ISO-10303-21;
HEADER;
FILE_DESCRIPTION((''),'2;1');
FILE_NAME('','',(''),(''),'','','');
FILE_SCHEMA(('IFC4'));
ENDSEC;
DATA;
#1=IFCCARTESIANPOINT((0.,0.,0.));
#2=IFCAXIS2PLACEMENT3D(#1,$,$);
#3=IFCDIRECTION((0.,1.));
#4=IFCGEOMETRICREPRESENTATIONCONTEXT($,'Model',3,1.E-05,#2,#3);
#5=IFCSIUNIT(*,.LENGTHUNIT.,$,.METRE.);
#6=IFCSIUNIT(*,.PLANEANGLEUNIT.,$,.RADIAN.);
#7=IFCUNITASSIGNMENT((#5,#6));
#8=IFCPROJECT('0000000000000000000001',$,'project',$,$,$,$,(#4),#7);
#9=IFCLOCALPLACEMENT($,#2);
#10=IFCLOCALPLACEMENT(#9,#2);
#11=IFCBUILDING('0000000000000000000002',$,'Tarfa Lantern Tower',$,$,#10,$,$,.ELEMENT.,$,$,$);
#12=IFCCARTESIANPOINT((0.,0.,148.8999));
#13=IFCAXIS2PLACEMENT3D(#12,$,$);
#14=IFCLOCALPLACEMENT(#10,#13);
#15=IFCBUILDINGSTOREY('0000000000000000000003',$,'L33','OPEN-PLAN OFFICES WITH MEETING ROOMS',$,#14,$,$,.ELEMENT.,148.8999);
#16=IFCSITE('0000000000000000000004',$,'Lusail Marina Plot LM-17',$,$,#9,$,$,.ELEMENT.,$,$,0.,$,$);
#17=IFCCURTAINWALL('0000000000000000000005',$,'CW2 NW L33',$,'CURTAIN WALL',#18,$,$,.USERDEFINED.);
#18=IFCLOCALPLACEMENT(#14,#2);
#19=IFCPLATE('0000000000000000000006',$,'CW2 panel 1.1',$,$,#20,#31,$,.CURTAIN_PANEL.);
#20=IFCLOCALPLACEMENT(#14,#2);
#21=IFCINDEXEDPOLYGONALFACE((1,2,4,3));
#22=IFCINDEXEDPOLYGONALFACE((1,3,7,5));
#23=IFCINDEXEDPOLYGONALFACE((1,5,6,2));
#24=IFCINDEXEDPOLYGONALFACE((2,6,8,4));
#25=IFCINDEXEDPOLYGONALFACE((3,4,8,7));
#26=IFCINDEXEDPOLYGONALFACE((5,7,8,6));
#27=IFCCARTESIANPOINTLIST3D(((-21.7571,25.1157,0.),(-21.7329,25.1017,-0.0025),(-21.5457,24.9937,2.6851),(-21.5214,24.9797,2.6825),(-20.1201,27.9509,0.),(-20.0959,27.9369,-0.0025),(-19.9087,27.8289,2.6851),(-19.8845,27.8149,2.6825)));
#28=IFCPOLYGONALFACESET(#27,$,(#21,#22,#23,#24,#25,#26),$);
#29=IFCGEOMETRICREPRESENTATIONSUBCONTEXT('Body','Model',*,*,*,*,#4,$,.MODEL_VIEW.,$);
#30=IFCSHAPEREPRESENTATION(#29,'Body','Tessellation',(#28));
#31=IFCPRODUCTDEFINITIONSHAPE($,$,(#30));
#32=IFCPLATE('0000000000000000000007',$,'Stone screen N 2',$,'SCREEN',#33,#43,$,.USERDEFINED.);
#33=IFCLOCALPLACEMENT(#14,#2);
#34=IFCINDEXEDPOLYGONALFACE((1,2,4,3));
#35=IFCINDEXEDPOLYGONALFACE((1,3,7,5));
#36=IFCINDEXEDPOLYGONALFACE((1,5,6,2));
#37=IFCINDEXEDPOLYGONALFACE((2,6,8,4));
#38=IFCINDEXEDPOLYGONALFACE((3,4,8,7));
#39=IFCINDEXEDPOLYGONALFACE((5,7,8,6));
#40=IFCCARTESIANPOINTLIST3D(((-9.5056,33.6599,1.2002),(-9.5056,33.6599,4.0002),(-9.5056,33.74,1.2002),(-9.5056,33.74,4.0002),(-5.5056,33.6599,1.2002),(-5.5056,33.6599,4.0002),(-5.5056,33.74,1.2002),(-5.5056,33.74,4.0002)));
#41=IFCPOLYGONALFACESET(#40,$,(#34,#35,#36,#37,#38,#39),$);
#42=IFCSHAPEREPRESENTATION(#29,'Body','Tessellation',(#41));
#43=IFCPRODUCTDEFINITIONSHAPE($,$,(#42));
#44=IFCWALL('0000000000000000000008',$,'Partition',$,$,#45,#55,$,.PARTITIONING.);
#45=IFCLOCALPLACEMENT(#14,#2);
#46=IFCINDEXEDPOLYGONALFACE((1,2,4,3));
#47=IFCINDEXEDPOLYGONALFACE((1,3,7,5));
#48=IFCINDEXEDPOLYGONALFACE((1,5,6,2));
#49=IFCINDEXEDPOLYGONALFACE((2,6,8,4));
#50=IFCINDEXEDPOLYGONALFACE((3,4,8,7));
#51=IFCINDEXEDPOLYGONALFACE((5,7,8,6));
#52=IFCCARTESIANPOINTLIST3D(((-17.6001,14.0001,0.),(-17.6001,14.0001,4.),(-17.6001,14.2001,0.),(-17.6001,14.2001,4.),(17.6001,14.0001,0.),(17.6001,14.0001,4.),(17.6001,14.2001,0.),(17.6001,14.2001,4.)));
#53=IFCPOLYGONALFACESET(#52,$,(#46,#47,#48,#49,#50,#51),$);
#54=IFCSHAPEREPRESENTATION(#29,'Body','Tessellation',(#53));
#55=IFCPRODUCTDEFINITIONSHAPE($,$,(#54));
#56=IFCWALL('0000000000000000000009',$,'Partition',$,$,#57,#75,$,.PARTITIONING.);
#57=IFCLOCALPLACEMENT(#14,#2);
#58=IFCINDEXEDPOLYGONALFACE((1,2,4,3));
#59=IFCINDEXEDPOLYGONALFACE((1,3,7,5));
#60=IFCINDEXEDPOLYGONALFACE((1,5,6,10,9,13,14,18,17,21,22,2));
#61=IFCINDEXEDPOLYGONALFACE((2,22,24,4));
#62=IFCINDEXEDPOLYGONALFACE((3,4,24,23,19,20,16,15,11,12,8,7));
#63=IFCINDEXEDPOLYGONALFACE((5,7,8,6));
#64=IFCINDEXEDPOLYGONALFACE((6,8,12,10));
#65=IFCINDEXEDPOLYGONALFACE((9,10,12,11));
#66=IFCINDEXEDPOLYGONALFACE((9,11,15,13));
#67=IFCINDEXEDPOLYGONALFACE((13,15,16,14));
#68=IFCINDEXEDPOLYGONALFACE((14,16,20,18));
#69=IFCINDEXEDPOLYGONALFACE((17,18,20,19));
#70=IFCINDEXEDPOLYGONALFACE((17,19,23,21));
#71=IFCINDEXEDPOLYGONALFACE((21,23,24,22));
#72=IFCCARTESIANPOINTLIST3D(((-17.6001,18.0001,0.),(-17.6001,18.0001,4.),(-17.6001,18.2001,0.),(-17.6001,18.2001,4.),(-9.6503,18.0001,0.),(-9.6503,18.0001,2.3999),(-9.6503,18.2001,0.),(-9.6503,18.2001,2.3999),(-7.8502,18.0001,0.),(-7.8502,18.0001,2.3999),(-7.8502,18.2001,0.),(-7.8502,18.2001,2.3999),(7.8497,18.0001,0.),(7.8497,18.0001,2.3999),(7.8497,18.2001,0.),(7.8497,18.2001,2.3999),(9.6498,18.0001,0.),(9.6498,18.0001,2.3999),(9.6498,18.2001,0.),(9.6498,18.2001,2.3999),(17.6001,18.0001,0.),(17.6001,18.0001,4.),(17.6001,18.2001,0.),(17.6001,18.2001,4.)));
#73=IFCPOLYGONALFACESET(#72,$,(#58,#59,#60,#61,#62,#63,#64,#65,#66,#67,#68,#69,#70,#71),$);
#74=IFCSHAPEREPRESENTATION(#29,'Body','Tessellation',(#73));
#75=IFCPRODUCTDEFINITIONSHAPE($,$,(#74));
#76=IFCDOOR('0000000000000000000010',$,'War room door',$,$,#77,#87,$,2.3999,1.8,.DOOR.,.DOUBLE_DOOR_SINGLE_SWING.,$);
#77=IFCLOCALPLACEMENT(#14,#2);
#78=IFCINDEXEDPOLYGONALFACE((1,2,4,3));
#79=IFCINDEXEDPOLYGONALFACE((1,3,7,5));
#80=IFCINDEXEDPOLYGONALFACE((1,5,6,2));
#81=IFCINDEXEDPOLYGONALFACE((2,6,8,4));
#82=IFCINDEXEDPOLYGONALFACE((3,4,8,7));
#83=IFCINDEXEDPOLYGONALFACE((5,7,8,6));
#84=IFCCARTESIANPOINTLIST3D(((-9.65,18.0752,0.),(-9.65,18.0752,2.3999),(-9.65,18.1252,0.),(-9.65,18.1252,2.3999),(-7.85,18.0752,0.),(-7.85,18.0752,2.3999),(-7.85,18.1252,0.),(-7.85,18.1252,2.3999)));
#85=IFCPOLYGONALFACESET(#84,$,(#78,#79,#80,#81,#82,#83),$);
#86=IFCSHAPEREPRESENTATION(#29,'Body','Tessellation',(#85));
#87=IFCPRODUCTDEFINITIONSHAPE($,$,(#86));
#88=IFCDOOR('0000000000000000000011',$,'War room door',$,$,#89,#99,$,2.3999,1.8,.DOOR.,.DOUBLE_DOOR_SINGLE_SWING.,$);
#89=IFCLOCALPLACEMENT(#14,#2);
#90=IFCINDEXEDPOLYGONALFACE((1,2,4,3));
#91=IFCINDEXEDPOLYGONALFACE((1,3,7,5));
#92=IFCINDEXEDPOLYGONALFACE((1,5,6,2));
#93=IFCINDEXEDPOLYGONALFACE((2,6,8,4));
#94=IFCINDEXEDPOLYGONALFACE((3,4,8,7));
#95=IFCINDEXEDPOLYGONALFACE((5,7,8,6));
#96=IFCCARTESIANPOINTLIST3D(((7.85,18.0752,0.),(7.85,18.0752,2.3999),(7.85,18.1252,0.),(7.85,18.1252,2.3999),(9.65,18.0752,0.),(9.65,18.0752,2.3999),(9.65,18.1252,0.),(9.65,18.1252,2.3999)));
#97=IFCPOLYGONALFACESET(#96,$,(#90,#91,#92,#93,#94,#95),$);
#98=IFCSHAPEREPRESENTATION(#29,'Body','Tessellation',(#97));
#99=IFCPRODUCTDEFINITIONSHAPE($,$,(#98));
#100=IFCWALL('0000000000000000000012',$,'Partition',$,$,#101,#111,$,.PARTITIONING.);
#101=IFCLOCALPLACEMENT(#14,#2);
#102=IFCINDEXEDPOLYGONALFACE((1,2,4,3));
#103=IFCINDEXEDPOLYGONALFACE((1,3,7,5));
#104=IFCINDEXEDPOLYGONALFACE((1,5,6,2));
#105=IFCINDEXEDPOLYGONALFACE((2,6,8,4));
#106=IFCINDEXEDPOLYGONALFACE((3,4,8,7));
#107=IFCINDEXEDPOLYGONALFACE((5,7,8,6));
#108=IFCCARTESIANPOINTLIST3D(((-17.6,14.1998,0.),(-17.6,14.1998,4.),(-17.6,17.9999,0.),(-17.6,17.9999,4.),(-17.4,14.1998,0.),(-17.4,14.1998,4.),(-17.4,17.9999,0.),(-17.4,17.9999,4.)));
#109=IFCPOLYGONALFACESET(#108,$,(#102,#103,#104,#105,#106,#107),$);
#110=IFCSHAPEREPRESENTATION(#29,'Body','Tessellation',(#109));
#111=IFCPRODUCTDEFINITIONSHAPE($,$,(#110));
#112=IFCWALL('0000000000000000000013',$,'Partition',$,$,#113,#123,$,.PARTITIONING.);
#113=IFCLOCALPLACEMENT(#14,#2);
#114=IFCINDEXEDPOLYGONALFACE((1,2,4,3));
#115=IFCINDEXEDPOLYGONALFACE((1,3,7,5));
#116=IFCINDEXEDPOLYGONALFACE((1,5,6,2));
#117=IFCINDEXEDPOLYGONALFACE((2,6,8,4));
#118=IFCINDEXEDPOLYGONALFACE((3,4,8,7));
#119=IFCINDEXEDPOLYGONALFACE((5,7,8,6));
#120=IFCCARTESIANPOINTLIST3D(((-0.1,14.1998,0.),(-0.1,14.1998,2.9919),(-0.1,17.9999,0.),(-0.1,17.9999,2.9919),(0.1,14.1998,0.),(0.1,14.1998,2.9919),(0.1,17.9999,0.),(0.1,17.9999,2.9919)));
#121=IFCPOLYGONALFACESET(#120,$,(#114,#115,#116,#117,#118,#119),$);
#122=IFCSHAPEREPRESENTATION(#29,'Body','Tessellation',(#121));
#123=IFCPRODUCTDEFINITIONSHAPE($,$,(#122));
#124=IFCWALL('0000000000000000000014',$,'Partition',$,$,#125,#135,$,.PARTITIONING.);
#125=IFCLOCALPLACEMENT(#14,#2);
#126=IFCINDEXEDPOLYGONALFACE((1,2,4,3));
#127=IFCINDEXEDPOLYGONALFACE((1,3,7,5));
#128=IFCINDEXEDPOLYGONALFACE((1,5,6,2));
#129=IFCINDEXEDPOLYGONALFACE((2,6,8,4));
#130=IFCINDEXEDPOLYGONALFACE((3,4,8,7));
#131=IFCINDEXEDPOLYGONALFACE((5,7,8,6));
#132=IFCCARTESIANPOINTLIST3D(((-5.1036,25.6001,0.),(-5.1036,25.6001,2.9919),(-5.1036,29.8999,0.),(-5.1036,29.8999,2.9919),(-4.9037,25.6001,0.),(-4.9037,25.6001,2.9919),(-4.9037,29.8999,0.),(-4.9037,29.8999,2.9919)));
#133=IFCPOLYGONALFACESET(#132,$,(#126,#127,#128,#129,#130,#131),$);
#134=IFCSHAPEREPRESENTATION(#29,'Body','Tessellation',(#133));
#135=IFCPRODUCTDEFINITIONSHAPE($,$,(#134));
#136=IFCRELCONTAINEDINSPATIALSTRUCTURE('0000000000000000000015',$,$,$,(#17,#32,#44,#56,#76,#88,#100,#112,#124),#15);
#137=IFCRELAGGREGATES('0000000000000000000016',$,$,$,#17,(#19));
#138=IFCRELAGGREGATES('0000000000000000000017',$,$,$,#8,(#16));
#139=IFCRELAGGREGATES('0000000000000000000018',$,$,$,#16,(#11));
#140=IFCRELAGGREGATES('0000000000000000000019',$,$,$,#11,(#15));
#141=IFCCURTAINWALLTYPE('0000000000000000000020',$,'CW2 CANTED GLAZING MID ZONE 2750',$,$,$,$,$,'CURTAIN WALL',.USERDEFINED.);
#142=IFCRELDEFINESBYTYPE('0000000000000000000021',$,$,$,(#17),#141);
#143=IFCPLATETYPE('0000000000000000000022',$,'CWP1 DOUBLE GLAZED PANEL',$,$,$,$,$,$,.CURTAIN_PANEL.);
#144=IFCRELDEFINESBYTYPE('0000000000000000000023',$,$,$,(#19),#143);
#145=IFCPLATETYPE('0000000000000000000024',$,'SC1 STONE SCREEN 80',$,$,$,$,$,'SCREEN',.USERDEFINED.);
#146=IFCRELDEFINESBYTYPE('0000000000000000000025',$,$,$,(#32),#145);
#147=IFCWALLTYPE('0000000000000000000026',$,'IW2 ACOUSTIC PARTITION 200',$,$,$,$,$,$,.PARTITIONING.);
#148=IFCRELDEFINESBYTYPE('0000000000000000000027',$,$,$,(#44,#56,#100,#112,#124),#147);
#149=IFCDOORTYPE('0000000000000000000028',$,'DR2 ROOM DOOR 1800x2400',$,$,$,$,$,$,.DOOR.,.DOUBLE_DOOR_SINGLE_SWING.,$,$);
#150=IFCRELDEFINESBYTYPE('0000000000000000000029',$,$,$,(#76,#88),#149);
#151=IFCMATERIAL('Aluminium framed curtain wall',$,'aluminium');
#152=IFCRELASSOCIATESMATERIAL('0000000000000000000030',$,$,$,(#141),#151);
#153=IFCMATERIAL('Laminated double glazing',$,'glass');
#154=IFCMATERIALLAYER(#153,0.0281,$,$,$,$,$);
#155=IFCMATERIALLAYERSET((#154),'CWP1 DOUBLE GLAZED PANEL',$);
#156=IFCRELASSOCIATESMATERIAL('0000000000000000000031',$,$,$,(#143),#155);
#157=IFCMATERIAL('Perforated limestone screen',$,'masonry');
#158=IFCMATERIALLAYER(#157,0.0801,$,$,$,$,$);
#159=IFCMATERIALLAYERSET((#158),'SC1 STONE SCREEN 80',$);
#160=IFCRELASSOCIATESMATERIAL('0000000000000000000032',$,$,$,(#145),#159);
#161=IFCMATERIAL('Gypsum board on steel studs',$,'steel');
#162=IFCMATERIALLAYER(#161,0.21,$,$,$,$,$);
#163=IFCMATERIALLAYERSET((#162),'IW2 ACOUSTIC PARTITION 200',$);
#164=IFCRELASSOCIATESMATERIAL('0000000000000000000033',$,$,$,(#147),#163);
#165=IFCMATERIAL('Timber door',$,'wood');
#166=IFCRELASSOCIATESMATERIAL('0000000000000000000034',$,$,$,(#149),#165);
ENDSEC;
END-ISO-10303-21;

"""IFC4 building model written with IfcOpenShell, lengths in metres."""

from ifc_helpers import new_model, si_unit, direction, frame, frame_2d, origin, origin_2d, place, context, subcontext, project, spatial, polyline, rectangle, outline, extrude, material, layer, layer_set, type_object, element, fill, aggregate, save


model = new_model("IFC4")

# Units and contexts
model_context = context("Model", 3, precision=1e-05, world=origin(), true_north=direction((0.0, 1.0)))
body_context = subcontext(model_context, "Body", "Model", "MODEL_VIEW")
ifc_project = project(units=[si_unit("LENGTHUNIT", "METRE"), si_unit("PLANEANGLEUNIT", "RADIAN")], contexts=[model_context])

# Site, building, storey
site_placement = place(None, origin())
site = spatial("IfcSite", under=ifc_project, at=site_placement, Name="Lusail Marina Plot LM-17", CompositionType="ELEMENT", RefElevation=0.0)
building_placement = place(site_placement, origin())
building = spatial("IfcBuilding", under=site, at=building_placement, Name="Tarfa Lantern Tower", CompositionType="ELEMENT")
storey_placement = place(building_placement, frame((0.0, 0.0, 148.8999)))
storey = spatial("IfcBuildingStorey", under=building, at=storey_placement, Name="L33", Description="OPEN-PLAN OFFICES WITH MEETING ROOMS", CompositionType="ELEMENT", Elevation=148.8999)

# Curtain wall
ifc_material_1 = material(Name="Aluminium framed curtain wall", Category="aluminium")
curtain_wall_type = type_object("IfcCurtainWallType", Name="CW2 CANTED GLAZING MID ZONE 2750", ElementType="CURTAIN WALL", PredefinedType="USERDEFINED", material=ifc_material_1)
curtain_wall_placement = place(storey_placement, origin())
curtain_wall = element("IfcCurtainWall", 1, at=curtain_wall_placement, inside=storey, type_object=curtain_wall_type, Name="CW2 NW L33", ObjectType="CURTAIN WALL", PredefinedType="USERDEFINED")

# Plates
ifc_material_2 = material(Name="Laminated double glazing", Category="glass")
ifc_layer_1 = layer(ifc_material_2, 0.0281)
ifc_layer_set_1 = layer_set([ifc_layer_1], Name="CWP1 DOUBLE GLAZED PANEL")
plate_type_1 = type_object("IfcPlateType", Name="CWP1 DOUBLE GLAZED PANEL", PredefinedType="CURTAIN_PANEL", material=ifc_layer_set_1)
plate_1_placement = place(storey_placement, frame((-20.1201, 27.9509, 0.0), z_axis=(-0.86246, 0.497959, 0.09055), x_axis=(-0.500013, -0.866018, 0.0)))
plate_1 = element("IfcPlate", 2, at=plate_1_placement, type_object=plate_type_1, Name="CW2 panel 1.1", PredefinedType="CURTAIN_PANEL", context=body_context, shape_type="SweptSolid", body=[
    extrude(outline(polyline([(0.0, 0.0), (3.2738, 0.0), (3.2738, 2.6961), (0.0, 2.6961), (0.0, 0.0)])), origin(), (0.0, 0.0, -1.0), 0.0281),
])
aggregate(curtain_wall, [plate_1])
ifc_material_3 = material(Name="Perforated limestone screen", Category="masonry")
ifc_layer_2 = layer(ifc_material_3, 0.0801)
ifc_layer_set_2 = layer_set([ifc_layer_2], Name="SC1 STONE SCREEN 80")
plate_type_2 = type_object("IfcPlateType", Name="SC1 STONE SCREEN 80", ElementType="SCREEN", PredefinedType="USERDEFINED", material=ifc_layer_set_2)
plate_2_placement = place(storey_placement, frame((-7.5056, 33.7, 1.2002), z_axis=(0.0, 0.0, 1.0), x_axis=(-1.0, 0.0, 0.0)))
element("IfcPlate", 3, at=plate_2_placement, inside=storey, type_object=plate_type_2, Name="Stone screen N 2", ObjectType="SCREEN", PredefinedType="USERDEFINED", context=body_context, shape_type="SweptSolid", body=[
    extrude(rectangle(XDim=4.0, YDim=0.0801, at=origin_2d()), origin(), (0.0, 0.0, 1.0), 2.8),
])

# Wall
ifc_material_4 = material(Name="Gypsum board on steel studs", Category="steel")
ifc_layer_3 = layer(ifc_material_4, 0.21)
ifc_layer_set_3 = layer_set([ifc_layer_3], Name="IW2 ACOUSTIC PARTITION 200")
wall_type = type_object("IfcWallType", Name="IW2 ACOUSTIC PARTITION 200", PredefinedType="PARTITIONING", material=ifc_layer_set_3)
wall_1_placement = place(storey_placement, frame((-17.6001, 14.1001, 0.0), z_axis=(0.0, 0.0, 1.0), x_axis=(1.0, 0.0, 0.0)))
element("IfcWall", 4, at=wall_1_placement, inside=storey, type_object=wall_type, Name="Partition", PredefinedType="PARTITIONING", context=body_context, shape_type="SweptSolid", body=[
    extrude(rectangle(XDim=35.2002, YDim=0.2, at=frame_2d((17.6001, 0.0))), origin(), (0.0, 0.0, 1.0), 4.0),
])

# Wall, openings, doors
wall_2_placement = place(storey_placement, frame((-17.6001, 18.1001, 0.0), z_axis=(0.0, 0.0, 1.0), x_axis=(1.0, 0.0, 0.0)))
wall_2 = element("IfcWall", 5, at=wall_2_placement, inside=storey, type_object=wall_type, Name="Partition", PredefinedType="PARTITIONING", context=body_context, shape_type="SweptSolid", body=[
    extrude(rectangle(XDim=35.2002, YDim=0.2, at=frame_2d((17.6001, 0.0))), origin(), (0.0, 0.0, 1.0), 4.0),
])
opening_1_placement = place(wall_2_placement, frame((7.95, 0.0, 0.0)))
opening_1 = element("IfcOpeningElement", 6, at=opening_1_placement, cuts=wall_2, PredefinedType="OPENING", context=body_context, shape_type="SweptSolid", body=[
    extrude(rectangle(XDim=1.8, YDim=2.3999, at=frame_2d((0.8999, 1.2))), frame((0.0, 0.1099, 0.0), z_axis=(0.0, -1.0, 0.0), x_axis=(1.0, 0.0, 0.0)), (0.0, 0.0, 1.0), 0.22),
])
opening_2_placement = place(wall_2_placement, frame((25.45, 0.0, 0.0)))
opening_2 = element("IfcOpeningElement", 7, at=opening_2_placement, cuts=wall_2, PredefinedType="OPENING", context=body_context, shape_type="SweptSolid", body=[
    extrude(rectangle(XDim=1.8, YDim=2.3999, at=frame_2d((0.8999, 1.2))), frame((0.0, 0.1099, 0.0), z_axis=(0.0, -1.0, 0.0), x_axis=(1.0, 0.0, 0.0)), (0.0, 0.0, 1.0), 0.22),
])
ifc_material_5 = material(Name="Timber door", Category="wood")
door_type = type_object("IfcDoorType", Name="DR2 ROOM DOOR 1800x2400", OperationType="DOUBLE_DOOR_SINGLE_SWING", PredefinedType="DOOR", material=ifc_material_5)
door_1_placement = place(opening_1_placement, frame((1.8, 0.0, 0.0), z_axis=(0.0, 0.0, 1.0), x_axis=(-1.0, 0.0, 0.0)))
door_1 = element("IfcDoor", 8, at=door_1_placement, inside=storey, type_object=door_type, Name="War room door", OperationType="DOUBLE_DOOR_SINGLE_SWING", OverallHeight=2.3999, OverallWidth=1.8, PredefinedType="DOOR", context=body_context, shape_type="SweptSolid", body=[
    extrude(rectangle(XDim=1.8, YDim=2.3999, at=frame_2d((0.8999, 1.2))), frame((0.0, 0.0249, 0.0), z_axis=(0.0, -1.0, 0.0), x_axis=(1.0, 0.0, 0.0)), (0.0, 0.0, 1.0), 0.05),
])
fill(opening_1, door_1)
door_2_placement = place(opening_2_placement, frame((1.8, 0.0, 0.0), z_axis=(0.0, 0.0, 1.0), x_axis=(-1.0, 0.0, 0.0)))
door_2 = element("IfcDoor", 9, at=door_2_placement, inside=storey, type_object=door_type, Name="War room door", OperationType="DOUBLE_DOOR_SINGLE_SWING", OverallHeight=2.3999, OverallWidth=1.8, PredefinedType="DOOR", context=body_context, shape_type="SweptSolid", body=[
    extrude(rectangle(XDim=1.8, YDim=2.3999, at=frame_2d((0.8999, 1.2))), frame((0.0, 0.0249, 0.0), z_axis=(0.0, -1.0, 0.0), x_axis=(1.0, 0.0, 0.0)), (0.0, 0.0, 1.0), 0.05),
])
fill(opening_2, door_2)

# Walls
wall_3_placement = place(storey_placement, frame((-17.5, 14.2, 0.0), z_axis=(0.0, 0.0, 1.0), x_axis=(0.0, 1.0, 0.0)))
element("IfcWall", 10, at=wall_3_placement, inside=storey, type_object=wall_type, Name="Partition", PredefinedType="PARTITIONING", context=body_context, shape_type="SweptSolid", body=[
    extrude(rectangle(XDim=3.8, YDim=0.2, at=frame_2d((1.8999, 0.0))), origin(), (0.0, 0.0, 1.0), 4.0),
])
wall_4_placement = place(storey_placement, frame((0.0, 14.2, 0.0), z_axis=(0.0, 0.0, 1.0), x_axis=(0.0, 1.0, 0.0)))
element("IfcWall", 11, at=wall_4_placement, inside=storey, type_object=wall_type, Name="Partition", PredefinedType="PARTITIONING", context=body_context, shape_type="SweptSolid", body=[
    extrude(rectangle(XDim=3.8, YDim=0.2, at=frame_2d((1.8999, 0.0))), origin(), (0.0, 0.0, 1.0), 2.9919),
])
wall_5_placement = place(storey_placement, frame((-5.0037, 25.6001, 0.0), z_axis=(0.0, 0.0, 1.0), x_axis=(0.0, 1.0, 0.0)))
element("IfcWall", 12, at=wall_5_placement, inside=storey, type_object=wall_type, Name="Partition", PredefinedType="PARTITIONING", context=body_context, shape_type="SweptSolid", body=[
    extrude(rectangle(XDim=4.2998, YDim=0.2, at=frame_2d((2.1499, 0.0))), origin(), (0.0, 0.0, 1.0), 2.9919),
])

save(model, "model.ifc")
